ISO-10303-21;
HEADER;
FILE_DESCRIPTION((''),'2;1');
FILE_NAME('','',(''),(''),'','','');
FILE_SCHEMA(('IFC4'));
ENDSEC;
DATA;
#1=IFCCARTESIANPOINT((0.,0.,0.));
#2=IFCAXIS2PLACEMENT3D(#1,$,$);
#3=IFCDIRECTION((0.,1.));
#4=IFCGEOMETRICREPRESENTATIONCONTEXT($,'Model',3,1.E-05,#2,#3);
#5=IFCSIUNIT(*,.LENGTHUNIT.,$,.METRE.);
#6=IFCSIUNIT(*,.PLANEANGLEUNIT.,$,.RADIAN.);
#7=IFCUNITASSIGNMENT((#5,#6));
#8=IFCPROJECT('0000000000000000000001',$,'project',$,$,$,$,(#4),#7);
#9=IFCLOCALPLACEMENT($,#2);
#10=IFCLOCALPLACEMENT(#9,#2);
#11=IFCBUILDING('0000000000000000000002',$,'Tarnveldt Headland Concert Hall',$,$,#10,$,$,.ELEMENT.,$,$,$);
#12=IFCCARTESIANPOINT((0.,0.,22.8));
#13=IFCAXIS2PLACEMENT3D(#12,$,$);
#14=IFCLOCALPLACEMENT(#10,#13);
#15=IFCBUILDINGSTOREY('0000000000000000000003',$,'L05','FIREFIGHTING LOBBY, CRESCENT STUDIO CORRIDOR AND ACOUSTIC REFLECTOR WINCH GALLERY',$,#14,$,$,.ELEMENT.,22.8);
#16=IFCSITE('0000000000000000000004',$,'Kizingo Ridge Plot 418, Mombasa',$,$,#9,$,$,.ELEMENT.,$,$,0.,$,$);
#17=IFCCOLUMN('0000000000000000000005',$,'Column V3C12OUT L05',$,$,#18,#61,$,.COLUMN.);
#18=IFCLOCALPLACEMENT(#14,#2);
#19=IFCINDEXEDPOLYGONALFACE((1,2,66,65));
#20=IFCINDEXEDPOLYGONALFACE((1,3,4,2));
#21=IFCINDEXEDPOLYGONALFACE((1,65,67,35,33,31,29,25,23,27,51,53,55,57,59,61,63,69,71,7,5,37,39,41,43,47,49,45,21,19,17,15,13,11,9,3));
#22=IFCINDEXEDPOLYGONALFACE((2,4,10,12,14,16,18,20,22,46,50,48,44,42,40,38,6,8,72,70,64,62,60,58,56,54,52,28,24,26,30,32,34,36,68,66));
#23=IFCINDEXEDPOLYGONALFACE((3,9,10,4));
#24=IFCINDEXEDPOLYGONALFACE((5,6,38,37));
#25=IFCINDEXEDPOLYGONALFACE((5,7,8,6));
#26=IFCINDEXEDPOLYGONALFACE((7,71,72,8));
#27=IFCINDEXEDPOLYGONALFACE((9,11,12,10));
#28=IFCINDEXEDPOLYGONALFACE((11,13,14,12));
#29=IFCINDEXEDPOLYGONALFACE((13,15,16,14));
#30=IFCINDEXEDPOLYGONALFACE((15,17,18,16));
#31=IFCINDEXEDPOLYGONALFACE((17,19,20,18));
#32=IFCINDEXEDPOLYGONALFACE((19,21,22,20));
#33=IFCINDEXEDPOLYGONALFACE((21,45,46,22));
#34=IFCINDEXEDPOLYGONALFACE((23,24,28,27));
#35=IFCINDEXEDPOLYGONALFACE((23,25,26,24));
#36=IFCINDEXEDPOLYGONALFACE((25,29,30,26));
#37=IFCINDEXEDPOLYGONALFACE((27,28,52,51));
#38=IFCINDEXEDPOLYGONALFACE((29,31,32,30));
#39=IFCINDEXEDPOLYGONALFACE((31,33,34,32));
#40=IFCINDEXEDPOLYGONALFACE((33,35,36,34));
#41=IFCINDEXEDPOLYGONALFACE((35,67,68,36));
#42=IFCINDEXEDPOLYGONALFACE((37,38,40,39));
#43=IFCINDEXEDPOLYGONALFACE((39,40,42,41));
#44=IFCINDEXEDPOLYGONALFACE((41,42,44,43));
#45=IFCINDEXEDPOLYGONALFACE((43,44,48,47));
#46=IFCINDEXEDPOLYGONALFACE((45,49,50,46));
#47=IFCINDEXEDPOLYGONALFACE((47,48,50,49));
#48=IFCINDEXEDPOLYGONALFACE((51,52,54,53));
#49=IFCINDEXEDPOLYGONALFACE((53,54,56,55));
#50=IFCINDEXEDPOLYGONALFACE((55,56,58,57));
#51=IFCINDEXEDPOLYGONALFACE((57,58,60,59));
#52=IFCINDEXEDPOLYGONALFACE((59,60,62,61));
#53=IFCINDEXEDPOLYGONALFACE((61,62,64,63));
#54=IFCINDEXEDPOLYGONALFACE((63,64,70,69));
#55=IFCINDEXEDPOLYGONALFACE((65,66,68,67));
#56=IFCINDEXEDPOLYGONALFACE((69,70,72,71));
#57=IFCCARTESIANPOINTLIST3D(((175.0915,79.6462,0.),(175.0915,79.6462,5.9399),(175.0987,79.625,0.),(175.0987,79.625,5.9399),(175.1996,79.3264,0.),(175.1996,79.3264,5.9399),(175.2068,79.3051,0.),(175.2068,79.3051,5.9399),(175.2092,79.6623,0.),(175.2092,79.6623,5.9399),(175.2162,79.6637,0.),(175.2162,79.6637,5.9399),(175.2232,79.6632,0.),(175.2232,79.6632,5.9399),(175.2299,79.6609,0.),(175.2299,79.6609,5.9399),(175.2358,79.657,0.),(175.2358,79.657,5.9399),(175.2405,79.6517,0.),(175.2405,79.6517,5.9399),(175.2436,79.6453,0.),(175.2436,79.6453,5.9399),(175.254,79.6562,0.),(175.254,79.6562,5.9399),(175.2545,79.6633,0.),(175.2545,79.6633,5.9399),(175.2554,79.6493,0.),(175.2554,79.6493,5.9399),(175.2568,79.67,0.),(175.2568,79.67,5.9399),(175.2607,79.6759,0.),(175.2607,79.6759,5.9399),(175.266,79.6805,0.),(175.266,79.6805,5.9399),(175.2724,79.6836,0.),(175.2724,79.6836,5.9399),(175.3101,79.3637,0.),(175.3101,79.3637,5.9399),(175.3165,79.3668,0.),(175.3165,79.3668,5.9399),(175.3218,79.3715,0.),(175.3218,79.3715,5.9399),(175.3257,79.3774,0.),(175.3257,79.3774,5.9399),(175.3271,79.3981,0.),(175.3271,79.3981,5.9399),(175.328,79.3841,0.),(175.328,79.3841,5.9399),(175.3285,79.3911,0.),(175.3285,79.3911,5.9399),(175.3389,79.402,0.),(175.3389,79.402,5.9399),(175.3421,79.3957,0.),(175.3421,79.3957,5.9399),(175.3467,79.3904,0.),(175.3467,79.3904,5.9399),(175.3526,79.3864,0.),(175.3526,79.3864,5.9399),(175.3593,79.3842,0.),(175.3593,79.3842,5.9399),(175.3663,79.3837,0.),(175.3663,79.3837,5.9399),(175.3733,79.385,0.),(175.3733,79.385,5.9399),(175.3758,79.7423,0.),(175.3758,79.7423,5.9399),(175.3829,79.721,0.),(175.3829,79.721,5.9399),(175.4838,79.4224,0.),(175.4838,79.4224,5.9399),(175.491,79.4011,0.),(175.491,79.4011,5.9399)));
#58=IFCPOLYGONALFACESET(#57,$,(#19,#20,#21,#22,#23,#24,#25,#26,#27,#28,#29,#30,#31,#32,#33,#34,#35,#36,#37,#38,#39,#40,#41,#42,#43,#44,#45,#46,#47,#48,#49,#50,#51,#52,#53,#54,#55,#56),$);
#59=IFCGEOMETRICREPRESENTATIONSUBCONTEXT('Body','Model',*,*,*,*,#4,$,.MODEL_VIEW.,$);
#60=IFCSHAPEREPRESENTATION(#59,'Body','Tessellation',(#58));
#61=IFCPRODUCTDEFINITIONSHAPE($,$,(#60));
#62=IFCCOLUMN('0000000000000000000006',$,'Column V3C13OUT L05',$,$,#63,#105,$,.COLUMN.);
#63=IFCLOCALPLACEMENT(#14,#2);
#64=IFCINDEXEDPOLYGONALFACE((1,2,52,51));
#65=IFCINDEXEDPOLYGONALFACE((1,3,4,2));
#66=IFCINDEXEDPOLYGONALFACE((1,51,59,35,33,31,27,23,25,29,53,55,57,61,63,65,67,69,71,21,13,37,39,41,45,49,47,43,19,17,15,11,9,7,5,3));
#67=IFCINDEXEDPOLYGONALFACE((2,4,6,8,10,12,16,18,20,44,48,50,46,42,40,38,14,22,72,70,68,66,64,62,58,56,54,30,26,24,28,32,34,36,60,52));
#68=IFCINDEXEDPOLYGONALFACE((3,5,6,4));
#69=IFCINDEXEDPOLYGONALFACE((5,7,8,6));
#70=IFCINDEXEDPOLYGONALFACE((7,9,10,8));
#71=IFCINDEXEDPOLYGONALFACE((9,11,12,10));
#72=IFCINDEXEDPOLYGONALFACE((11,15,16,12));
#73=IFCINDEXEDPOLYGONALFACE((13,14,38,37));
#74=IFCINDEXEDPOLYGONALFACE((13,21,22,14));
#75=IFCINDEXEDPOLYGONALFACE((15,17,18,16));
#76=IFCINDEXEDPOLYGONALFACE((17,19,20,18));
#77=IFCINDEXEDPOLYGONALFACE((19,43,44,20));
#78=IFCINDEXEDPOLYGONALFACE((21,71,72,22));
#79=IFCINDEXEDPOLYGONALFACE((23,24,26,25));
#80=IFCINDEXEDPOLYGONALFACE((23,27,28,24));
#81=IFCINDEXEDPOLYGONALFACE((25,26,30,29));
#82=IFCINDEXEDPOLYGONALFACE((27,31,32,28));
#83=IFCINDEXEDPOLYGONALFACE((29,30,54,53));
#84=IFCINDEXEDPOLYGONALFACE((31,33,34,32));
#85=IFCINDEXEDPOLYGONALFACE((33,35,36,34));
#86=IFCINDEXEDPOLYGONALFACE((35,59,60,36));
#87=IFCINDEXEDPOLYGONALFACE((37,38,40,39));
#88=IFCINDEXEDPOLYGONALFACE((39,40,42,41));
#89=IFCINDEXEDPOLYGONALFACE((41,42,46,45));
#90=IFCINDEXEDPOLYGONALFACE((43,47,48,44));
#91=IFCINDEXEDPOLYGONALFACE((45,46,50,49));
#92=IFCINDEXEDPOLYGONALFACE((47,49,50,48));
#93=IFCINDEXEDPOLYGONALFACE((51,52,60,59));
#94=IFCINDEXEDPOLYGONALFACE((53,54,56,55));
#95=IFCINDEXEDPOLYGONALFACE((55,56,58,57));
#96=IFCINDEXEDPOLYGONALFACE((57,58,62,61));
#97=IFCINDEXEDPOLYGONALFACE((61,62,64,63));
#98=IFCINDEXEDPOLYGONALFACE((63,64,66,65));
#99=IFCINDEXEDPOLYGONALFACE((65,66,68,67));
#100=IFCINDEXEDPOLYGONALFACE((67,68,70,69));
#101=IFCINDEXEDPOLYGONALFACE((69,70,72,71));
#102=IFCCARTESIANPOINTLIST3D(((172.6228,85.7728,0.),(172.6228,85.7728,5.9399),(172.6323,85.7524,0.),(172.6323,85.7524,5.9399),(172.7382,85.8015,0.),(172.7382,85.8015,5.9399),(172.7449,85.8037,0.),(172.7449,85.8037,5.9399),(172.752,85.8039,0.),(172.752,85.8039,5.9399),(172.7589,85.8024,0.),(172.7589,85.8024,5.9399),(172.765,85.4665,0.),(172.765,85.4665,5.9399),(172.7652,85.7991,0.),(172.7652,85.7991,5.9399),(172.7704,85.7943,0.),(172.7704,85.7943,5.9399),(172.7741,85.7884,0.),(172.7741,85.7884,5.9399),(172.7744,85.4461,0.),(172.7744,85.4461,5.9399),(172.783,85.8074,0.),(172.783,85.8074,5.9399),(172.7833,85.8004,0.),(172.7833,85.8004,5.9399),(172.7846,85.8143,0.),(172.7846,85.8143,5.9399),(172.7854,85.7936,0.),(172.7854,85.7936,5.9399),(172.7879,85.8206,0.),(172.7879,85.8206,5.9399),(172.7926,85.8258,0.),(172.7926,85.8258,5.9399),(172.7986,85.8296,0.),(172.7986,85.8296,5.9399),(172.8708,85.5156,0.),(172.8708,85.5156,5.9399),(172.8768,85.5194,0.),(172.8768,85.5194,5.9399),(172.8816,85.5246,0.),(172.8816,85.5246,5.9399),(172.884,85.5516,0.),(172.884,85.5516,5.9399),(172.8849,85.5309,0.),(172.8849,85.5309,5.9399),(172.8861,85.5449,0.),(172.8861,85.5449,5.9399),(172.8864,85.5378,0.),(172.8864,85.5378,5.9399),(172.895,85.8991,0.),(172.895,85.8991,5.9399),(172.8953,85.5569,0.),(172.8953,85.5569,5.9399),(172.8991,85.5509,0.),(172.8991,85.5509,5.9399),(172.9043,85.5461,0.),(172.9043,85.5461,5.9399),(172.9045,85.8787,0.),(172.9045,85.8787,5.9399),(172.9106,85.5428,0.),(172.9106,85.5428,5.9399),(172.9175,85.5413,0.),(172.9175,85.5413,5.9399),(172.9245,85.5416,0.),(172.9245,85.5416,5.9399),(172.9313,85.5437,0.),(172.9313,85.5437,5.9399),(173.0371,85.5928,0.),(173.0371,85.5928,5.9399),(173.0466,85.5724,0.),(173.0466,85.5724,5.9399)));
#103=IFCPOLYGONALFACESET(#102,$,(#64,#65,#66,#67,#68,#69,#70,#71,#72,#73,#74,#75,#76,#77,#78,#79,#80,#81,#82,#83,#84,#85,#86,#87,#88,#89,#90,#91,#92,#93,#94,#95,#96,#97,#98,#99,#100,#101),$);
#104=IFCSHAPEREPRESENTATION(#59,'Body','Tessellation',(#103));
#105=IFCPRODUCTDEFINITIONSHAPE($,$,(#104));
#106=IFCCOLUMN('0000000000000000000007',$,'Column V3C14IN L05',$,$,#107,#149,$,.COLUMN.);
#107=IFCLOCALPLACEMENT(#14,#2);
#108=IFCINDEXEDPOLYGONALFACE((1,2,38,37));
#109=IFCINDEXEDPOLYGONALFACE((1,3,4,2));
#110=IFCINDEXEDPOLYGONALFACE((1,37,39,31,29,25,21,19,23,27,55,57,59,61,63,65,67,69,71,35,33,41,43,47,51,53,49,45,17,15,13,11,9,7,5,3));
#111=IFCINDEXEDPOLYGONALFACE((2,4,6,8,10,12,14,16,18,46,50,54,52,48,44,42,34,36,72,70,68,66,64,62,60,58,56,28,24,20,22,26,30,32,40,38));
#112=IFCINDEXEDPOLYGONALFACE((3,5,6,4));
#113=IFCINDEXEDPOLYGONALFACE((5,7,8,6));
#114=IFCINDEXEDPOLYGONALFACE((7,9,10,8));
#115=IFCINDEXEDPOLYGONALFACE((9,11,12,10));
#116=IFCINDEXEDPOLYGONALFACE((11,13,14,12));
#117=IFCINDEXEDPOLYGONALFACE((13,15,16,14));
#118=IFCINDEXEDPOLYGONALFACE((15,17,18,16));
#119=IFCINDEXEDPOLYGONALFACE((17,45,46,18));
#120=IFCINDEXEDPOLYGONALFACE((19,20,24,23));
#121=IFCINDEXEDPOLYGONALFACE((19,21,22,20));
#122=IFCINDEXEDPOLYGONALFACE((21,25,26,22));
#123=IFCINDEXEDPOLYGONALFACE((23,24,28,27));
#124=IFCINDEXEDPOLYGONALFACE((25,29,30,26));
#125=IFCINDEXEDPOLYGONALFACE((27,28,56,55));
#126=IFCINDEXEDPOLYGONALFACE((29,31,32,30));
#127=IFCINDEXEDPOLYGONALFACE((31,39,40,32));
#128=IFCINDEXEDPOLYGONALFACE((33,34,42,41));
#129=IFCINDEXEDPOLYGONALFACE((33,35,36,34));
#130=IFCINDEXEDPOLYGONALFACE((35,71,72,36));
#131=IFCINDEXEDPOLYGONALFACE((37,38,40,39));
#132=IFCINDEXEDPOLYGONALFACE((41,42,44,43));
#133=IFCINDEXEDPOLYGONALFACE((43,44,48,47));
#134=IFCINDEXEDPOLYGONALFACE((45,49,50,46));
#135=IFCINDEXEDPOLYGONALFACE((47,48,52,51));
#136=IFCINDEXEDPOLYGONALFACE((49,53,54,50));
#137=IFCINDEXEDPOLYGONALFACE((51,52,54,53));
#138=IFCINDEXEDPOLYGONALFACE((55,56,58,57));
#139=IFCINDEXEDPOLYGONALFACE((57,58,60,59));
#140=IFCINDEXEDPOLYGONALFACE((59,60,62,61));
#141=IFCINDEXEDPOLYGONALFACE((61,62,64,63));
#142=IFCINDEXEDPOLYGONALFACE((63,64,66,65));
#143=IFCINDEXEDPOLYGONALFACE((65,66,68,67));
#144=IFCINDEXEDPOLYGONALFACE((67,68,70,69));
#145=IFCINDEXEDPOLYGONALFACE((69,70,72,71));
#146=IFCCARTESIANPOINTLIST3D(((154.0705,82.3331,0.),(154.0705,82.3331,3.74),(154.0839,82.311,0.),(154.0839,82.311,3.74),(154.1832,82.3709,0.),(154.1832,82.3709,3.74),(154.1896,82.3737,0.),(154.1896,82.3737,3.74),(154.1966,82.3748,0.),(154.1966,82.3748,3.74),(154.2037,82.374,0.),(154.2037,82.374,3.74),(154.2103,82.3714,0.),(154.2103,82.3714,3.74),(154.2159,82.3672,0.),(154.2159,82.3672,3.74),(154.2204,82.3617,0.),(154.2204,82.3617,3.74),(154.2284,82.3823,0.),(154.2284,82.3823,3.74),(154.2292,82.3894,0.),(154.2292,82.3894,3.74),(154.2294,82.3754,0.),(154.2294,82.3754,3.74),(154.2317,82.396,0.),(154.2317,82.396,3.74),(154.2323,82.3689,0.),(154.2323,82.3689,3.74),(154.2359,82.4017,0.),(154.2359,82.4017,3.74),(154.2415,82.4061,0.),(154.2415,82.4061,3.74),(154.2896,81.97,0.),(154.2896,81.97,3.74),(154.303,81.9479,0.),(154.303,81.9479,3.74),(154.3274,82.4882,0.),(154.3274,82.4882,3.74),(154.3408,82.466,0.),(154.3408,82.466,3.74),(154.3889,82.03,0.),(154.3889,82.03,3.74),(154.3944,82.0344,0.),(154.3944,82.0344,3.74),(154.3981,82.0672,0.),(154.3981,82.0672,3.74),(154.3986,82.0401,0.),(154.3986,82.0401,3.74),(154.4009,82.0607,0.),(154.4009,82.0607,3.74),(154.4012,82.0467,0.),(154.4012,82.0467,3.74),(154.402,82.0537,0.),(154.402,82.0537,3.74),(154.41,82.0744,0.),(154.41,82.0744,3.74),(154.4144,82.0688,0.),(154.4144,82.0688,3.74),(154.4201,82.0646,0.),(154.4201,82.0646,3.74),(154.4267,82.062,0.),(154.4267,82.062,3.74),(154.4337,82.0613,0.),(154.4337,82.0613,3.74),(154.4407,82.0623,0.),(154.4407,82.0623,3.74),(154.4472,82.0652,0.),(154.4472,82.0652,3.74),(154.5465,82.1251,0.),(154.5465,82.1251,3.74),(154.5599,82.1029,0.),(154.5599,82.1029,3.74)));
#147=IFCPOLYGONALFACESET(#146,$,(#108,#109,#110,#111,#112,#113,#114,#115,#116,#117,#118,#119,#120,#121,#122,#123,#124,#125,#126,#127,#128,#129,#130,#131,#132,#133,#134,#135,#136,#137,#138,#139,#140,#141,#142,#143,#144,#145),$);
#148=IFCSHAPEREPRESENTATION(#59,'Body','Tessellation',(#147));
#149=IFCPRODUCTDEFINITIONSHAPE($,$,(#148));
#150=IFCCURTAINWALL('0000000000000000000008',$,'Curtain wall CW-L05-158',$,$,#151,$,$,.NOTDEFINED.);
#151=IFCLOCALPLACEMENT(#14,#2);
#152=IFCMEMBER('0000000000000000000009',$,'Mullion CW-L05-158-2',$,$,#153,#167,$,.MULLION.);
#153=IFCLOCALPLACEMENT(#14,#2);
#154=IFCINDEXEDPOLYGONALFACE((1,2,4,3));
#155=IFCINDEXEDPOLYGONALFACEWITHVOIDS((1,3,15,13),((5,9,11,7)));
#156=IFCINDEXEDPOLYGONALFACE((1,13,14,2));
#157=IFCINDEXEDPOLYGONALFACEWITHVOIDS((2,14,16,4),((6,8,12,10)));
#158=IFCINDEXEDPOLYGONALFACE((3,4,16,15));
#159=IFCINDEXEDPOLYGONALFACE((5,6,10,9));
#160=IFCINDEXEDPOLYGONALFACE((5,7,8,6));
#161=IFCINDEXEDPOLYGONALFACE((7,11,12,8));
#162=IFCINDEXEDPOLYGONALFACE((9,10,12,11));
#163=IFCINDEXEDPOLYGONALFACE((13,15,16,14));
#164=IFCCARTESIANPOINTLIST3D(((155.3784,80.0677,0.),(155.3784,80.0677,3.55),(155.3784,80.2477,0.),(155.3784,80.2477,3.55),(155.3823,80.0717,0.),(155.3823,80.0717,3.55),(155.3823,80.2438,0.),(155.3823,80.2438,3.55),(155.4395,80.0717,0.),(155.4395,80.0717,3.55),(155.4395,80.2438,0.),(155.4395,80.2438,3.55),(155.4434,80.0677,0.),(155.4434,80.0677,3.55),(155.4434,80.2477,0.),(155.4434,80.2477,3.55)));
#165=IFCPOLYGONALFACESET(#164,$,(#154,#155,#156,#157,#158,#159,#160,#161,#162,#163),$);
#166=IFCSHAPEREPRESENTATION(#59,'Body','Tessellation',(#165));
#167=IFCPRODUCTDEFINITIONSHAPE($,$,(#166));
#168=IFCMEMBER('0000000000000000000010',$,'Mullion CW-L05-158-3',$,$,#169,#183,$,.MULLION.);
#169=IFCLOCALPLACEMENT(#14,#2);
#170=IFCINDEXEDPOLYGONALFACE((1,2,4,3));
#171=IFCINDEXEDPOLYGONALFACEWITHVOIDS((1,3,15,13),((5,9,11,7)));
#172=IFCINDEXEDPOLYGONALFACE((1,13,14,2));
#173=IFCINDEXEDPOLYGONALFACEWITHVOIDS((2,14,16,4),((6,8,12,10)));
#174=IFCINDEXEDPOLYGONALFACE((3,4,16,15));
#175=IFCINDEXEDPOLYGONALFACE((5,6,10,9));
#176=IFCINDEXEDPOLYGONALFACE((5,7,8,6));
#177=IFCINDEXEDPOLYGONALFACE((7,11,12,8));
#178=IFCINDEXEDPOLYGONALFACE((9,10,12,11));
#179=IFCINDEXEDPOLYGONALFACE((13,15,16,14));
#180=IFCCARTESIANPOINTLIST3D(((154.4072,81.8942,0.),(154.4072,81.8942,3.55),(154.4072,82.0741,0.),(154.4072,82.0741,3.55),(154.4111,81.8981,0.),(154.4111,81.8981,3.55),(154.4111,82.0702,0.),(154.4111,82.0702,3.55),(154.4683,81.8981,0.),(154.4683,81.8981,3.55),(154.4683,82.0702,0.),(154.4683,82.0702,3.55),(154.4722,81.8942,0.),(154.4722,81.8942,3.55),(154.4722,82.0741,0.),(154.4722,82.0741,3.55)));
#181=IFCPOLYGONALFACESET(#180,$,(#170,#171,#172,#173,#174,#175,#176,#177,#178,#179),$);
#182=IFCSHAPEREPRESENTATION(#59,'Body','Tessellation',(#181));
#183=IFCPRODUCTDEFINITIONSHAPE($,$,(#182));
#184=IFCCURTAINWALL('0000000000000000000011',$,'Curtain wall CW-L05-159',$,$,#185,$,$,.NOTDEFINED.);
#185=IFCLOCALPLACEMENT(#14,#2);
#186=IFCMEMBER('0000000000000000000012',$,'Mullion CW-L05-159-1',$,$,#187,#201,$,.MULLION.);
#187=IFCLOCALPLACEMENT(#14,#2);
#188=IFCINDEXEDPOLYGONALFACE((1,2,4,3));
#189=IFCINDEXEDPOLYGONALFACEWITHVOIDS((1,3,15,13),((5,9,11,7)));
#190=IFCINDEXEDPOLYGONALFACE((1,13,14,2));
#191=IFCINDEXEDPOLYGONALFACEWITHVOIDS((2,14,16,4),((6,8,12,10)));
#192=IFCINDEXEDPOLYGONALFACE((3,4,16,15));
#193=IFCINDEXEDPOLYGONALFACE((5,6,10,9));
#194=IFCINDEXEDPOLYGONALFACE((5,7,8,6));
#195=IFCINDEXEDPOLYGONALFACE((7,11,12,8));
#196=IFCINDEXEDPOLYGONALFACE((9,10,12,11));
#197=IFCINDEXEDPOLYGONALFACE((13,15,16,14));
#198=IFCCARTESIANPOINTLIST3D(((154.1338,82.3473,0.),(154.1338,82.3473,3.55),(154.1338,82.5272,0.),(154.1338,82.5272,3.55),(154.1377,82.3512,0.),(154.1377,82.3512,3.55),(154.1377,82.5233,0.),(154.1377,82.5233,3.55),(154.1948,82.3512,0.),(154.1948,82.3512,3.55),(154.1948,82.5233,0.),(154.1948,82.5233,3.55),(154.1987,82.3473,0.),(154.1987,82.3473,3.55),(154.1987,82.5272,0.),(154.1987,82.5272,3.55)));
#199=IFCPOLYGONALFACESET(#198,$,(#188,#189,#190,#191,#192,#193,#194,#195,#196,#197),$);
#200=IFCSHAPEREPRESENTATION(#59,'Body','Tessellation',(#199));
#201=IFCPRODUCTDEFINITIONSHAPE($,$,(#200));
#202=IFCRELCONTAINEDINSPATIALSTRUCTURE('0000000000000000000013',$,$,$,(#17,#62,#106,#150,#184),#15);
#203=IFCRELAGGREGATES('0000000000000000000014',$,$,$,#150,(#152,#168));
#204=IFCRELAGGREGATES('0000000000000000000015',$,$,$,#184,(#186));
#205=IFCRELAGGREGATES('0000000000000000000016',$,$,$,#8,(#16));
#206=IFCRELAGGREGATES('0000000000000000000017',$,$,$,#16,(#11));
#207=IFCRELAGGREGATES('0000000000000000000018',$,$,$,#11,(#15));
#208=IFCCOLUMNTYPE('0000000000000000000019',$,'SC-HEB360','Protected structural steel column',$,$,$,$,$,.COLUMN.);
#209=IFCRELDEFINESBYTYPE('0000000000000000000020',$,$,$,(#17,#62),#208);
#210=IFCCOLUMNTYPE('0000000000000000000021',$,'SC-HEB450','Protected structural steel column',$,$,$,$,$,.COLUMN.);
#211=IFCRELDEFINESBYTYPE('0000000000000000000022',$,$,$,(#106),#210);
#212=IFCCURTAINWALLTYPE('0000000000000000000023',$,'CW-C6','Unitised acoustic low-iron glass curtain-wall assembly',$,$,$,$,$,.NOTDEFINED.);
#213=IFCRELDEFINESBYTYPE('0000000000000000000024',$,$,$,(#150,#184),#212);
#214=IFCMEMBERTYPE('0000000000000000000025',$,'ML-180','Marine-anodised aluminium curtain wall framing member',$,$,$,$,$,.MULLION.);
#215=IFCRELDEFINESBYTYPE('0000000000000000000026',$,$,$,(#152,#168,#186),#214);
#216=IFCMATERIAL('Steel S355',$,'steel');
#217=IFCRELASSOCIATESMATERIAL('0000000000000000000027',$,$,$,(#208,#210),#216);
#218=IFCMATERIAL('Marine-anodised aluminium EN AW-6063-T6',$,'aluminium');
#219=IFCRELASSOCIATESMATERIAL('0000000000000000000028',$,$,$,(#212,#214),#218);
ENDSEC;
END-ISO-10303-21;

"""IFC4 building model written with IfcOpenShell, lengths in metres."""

from ifc_helpers import new_model, si_unit, direction, frame, origin, origin_2d, place, context, subcontext, project, spatial, hollow_rectangle, i_section, extrude, material, material_profile, profile_set, type_object, element, aggregate, save


model = new_model("IFC4")

# Units and contexts
model_context = context("Model", 3, precision=1e-05, world=origin(), true_north=direction((0.0, 1.0)))
body_context = subcontext(model_context, "Body", "Model", "MODEL_VIEW")
ifc_project = project(units=[si_unit("LENGTHUNIT", "METRE"), si_unit("PLANEANGLEUNIT", "RADIAN")], contexts=[model_context])

# Site, building, storey
site_placement = place(None, origin())
site = spatial("IfcSite", under=ifc_project, at=site_placement, Name="Kizingo Ridge Plot 418, Mombasa", CompositionType="ELEMENT", RefElevation=0.0)
building_placement = place(site_placement, origin())
building = spatial("IfcBuilding", under=site, at=building_placement, Name="Tarnveldt Headland Concert Hall", CompositionType="ELEMENT")
storey_placement = place(building_placement, frame((0.0, 0.0, 22.8)))
storey = spatial("IfcBuildingStorey", under=building, at=storey_placement, Name="L05", Description="FIREFIGHTING LOBBY, CRESCENT STUDIO CORRIDOR AND ACOUSTIC REFLECTOR WINCH GALLERY", CompositionType="ELEMENT", Elevation=22.8)

# Columns
ifc_material_1 = material(Name="Steel S355", Category="steel")
ifc_material_profile_1 = material_profile(ifc_material_1, i_section(OverallWidth=0.3, OverallDepth=0.3601, WebThickness=0.0125, FlangeThickness=0.0225, FilletRadius=0.0271, at=origin_2d()), Name="HEB360", Category="steel")
ifc_profile_set_1 = profile_set([ifc_material_profile_1], Name="Steel S355")
column_type_1 = type_object("IfcColumnType", Name="SC-HEB360", Description="Protected structural steel column", PredefinedType="COLUMN", material=ifc_profile_set_1)
for number, where, z_axis, x_axis, name in (
    (1, (175.2913, 79.5237, 0.0), (0.0, 0.0, 1.0), (0.947378, 0.320117, 0.0), "Column V3C12OUT L05"),
    (2, (172.8347, 85.6726, 0.0), (0.0, 0.0, 1.0), (0.907117, 0.420877, 0.0), "Column V3C13OUT L05"),
):
    element("IfcColumn", number, at=place(storey_placement, frame(where, z_axis=z_axis, x_axis=x_axis)), inside=storey, type_object=column_type_1, Name=name, PredefinedType="COLUMN", context=body_context, shape_type="SweptSolid", body=[
        extrude(i_section(OverallWidth=0.3, OverallDepth=0.3601, WebThickness=0.0125, FlangeThickness=0.0225, FilletRadius=0.0271, at=origin_2d()), origin(), (0.0, 0.0, 1.0), 5.9399),
    ])
ifc_material_profile_2 = material_profile(ifc_material_1, i_section(OverallWidth=0.3, OverallDepth=0.45, WebThickness=0.0139, FlangeThickness=0.0259, FilletRadius=0.0271, at=origin_2d()), Name="HEB450", Category="steel")
ifc_profile_set_2 = profile_set([ifc_material_profile_2], Name="Steel S355")
column_type_2 = type_object("IfcColumnType", Name="SC-HEB450", Description="Protected structural steel column", PredefinedType="COLUMN", material=ifc_profile_set_2)
column_placement = place(storey_placement, frame((154.3152, 82.218, 0.0), z_axis=(0.0, 0.0, 1.0), x_axis=(0.856177, 0.516683, 0.0)))
element("IfcColumn", 3, at=column_placement, inside=storey, type_object=column_type_2, Name="Column V3C14IN L05", PredefinedType="COLUMN", context=body_context, shape_type="SweptSolid", body=[
    extrude(i_section(OverallWidth=0.3, OverallDepth=0.45, WebThickness=0.0139, FlangeThickness=0.0259, FilletRadius=0.0271, at=origin_2d()), origin(), (0.0, 0.0, 1.0), 3.74),
])

# Curtain walls, members
ifc_material_2 = material(Name="Marine-anodised aluminium EN AW-6063-T6", Category="aluminium")
curtain_wall_type = type_object("IfcCurtainWallType", Name="CW-C6", Description="Unitised acoustic low-iron glass curtain-wall assembly", PredefinedType="NOTDEFINED", material=ifc_material_2)
curtain_wall_1_placement = place(storey_placement, origin())
curtain_wall_1 = element("IfcCurtainWall", 4, at=curtain_wall_1_placement, inside=storey, type_object=curtain_wall_type, Name="Curtain wall CW-L05-158", PredefinedType="NOTDEFINED")
ifc_material_profile_3 = material_profile(ifc_material_2, hollow_rectangle(XDim=0.0649, YDim=0.1799, WallThickness=0.0039, at=origin_2d()), Name="ALU MULLION 65x180x4", Category="aluminium")
ifc_profile_set_3 = profile_set([ifc_material_profile_3], Name="Marine-anodised aluminium EN AW-6063-T6")
member_type_1 = type_object("IfcMemberType", Name="ML-180", Description="Marine-anodised aluminium curtain wall framing member", PredefinedType="MULLION", material=ifc_profile_set_3)
member_1_placement = place(storey_placement, frame((155.4109, 80.1577, 0.0), z_axis=(0.0, 0.0, 1.0), x_axis=(1.0, 0.0, 0.0)))
member_1 = element("IfcMember", 5, at=member_1_placement, type_object=member_type_1, Name="Mullion CW-L05-158-2", PredefinedType="MULLION", context=body_context, shape_type="SweptSolid", body=[
    extrude(hollow_rectangle(XDim=0.0649, YDim=0.1799, WallThickness=0.0039, at=origin_2d()), origin(), (0.0, 0.0, 1.0), 3.55),
])
member_2_placement = place(storey_placement, frame((154.4397, 81.9841, 0.0), z_axis=(0.0, 0.0, 1.0), x_axis=(1.0, 0.0, 0.0)))
member_2 = element("IfcMember", 6, at=member_2_placement, type_object=member_type_1, Name="Mullion CW-L05-158-3", PredefinedType="MULLION", context=body_context, shape_type="SweptSolid", body=[
    extrude(hollow_rectangle(XDim=0.0649, YDim=0.1799, WallThickness=0.0039, at=origin_2d()), origin(), (0.0, 0.0, 1.0), 3.55),
])
curtain_wall_2_placement = place(storey_placement, origin())
curtain_wall_2 = element("IfcCurtainWall", 7, at=curtain_wall_2_placement, inside=storey, type_object=curtain_wall_type, Name="Curtain wall CW-L05-159", PredefinedType="NOTDEFINED")
member_3_placement = place(storey_placement, frame((154.1663, 82.4373, 0.0), z_axis=(0.0, 0.0, 1.0), x_axis=(1.0, 0.0, 0.0)))
member_3 = element("IfcMember", 8, at=member_3_placement, type_object=member_type_1, Name="Mullion CW-L05-159-1", PredefinedType="MULLION", context=body_context, shape_type="SweptSolid", body=[
    extrude(hollow_rectangle(XDim=0.0649, YDim=0.1799, WallThickness=0.0039, at=origin_2d()), origin(), (0.0, 0.0, 1.0), 3.55),
])

aggregate(curtain_wall_1, [member_1, member_2])
aggregate(curtain_wall_2, [member_3])

save(model, "model.ifc")
